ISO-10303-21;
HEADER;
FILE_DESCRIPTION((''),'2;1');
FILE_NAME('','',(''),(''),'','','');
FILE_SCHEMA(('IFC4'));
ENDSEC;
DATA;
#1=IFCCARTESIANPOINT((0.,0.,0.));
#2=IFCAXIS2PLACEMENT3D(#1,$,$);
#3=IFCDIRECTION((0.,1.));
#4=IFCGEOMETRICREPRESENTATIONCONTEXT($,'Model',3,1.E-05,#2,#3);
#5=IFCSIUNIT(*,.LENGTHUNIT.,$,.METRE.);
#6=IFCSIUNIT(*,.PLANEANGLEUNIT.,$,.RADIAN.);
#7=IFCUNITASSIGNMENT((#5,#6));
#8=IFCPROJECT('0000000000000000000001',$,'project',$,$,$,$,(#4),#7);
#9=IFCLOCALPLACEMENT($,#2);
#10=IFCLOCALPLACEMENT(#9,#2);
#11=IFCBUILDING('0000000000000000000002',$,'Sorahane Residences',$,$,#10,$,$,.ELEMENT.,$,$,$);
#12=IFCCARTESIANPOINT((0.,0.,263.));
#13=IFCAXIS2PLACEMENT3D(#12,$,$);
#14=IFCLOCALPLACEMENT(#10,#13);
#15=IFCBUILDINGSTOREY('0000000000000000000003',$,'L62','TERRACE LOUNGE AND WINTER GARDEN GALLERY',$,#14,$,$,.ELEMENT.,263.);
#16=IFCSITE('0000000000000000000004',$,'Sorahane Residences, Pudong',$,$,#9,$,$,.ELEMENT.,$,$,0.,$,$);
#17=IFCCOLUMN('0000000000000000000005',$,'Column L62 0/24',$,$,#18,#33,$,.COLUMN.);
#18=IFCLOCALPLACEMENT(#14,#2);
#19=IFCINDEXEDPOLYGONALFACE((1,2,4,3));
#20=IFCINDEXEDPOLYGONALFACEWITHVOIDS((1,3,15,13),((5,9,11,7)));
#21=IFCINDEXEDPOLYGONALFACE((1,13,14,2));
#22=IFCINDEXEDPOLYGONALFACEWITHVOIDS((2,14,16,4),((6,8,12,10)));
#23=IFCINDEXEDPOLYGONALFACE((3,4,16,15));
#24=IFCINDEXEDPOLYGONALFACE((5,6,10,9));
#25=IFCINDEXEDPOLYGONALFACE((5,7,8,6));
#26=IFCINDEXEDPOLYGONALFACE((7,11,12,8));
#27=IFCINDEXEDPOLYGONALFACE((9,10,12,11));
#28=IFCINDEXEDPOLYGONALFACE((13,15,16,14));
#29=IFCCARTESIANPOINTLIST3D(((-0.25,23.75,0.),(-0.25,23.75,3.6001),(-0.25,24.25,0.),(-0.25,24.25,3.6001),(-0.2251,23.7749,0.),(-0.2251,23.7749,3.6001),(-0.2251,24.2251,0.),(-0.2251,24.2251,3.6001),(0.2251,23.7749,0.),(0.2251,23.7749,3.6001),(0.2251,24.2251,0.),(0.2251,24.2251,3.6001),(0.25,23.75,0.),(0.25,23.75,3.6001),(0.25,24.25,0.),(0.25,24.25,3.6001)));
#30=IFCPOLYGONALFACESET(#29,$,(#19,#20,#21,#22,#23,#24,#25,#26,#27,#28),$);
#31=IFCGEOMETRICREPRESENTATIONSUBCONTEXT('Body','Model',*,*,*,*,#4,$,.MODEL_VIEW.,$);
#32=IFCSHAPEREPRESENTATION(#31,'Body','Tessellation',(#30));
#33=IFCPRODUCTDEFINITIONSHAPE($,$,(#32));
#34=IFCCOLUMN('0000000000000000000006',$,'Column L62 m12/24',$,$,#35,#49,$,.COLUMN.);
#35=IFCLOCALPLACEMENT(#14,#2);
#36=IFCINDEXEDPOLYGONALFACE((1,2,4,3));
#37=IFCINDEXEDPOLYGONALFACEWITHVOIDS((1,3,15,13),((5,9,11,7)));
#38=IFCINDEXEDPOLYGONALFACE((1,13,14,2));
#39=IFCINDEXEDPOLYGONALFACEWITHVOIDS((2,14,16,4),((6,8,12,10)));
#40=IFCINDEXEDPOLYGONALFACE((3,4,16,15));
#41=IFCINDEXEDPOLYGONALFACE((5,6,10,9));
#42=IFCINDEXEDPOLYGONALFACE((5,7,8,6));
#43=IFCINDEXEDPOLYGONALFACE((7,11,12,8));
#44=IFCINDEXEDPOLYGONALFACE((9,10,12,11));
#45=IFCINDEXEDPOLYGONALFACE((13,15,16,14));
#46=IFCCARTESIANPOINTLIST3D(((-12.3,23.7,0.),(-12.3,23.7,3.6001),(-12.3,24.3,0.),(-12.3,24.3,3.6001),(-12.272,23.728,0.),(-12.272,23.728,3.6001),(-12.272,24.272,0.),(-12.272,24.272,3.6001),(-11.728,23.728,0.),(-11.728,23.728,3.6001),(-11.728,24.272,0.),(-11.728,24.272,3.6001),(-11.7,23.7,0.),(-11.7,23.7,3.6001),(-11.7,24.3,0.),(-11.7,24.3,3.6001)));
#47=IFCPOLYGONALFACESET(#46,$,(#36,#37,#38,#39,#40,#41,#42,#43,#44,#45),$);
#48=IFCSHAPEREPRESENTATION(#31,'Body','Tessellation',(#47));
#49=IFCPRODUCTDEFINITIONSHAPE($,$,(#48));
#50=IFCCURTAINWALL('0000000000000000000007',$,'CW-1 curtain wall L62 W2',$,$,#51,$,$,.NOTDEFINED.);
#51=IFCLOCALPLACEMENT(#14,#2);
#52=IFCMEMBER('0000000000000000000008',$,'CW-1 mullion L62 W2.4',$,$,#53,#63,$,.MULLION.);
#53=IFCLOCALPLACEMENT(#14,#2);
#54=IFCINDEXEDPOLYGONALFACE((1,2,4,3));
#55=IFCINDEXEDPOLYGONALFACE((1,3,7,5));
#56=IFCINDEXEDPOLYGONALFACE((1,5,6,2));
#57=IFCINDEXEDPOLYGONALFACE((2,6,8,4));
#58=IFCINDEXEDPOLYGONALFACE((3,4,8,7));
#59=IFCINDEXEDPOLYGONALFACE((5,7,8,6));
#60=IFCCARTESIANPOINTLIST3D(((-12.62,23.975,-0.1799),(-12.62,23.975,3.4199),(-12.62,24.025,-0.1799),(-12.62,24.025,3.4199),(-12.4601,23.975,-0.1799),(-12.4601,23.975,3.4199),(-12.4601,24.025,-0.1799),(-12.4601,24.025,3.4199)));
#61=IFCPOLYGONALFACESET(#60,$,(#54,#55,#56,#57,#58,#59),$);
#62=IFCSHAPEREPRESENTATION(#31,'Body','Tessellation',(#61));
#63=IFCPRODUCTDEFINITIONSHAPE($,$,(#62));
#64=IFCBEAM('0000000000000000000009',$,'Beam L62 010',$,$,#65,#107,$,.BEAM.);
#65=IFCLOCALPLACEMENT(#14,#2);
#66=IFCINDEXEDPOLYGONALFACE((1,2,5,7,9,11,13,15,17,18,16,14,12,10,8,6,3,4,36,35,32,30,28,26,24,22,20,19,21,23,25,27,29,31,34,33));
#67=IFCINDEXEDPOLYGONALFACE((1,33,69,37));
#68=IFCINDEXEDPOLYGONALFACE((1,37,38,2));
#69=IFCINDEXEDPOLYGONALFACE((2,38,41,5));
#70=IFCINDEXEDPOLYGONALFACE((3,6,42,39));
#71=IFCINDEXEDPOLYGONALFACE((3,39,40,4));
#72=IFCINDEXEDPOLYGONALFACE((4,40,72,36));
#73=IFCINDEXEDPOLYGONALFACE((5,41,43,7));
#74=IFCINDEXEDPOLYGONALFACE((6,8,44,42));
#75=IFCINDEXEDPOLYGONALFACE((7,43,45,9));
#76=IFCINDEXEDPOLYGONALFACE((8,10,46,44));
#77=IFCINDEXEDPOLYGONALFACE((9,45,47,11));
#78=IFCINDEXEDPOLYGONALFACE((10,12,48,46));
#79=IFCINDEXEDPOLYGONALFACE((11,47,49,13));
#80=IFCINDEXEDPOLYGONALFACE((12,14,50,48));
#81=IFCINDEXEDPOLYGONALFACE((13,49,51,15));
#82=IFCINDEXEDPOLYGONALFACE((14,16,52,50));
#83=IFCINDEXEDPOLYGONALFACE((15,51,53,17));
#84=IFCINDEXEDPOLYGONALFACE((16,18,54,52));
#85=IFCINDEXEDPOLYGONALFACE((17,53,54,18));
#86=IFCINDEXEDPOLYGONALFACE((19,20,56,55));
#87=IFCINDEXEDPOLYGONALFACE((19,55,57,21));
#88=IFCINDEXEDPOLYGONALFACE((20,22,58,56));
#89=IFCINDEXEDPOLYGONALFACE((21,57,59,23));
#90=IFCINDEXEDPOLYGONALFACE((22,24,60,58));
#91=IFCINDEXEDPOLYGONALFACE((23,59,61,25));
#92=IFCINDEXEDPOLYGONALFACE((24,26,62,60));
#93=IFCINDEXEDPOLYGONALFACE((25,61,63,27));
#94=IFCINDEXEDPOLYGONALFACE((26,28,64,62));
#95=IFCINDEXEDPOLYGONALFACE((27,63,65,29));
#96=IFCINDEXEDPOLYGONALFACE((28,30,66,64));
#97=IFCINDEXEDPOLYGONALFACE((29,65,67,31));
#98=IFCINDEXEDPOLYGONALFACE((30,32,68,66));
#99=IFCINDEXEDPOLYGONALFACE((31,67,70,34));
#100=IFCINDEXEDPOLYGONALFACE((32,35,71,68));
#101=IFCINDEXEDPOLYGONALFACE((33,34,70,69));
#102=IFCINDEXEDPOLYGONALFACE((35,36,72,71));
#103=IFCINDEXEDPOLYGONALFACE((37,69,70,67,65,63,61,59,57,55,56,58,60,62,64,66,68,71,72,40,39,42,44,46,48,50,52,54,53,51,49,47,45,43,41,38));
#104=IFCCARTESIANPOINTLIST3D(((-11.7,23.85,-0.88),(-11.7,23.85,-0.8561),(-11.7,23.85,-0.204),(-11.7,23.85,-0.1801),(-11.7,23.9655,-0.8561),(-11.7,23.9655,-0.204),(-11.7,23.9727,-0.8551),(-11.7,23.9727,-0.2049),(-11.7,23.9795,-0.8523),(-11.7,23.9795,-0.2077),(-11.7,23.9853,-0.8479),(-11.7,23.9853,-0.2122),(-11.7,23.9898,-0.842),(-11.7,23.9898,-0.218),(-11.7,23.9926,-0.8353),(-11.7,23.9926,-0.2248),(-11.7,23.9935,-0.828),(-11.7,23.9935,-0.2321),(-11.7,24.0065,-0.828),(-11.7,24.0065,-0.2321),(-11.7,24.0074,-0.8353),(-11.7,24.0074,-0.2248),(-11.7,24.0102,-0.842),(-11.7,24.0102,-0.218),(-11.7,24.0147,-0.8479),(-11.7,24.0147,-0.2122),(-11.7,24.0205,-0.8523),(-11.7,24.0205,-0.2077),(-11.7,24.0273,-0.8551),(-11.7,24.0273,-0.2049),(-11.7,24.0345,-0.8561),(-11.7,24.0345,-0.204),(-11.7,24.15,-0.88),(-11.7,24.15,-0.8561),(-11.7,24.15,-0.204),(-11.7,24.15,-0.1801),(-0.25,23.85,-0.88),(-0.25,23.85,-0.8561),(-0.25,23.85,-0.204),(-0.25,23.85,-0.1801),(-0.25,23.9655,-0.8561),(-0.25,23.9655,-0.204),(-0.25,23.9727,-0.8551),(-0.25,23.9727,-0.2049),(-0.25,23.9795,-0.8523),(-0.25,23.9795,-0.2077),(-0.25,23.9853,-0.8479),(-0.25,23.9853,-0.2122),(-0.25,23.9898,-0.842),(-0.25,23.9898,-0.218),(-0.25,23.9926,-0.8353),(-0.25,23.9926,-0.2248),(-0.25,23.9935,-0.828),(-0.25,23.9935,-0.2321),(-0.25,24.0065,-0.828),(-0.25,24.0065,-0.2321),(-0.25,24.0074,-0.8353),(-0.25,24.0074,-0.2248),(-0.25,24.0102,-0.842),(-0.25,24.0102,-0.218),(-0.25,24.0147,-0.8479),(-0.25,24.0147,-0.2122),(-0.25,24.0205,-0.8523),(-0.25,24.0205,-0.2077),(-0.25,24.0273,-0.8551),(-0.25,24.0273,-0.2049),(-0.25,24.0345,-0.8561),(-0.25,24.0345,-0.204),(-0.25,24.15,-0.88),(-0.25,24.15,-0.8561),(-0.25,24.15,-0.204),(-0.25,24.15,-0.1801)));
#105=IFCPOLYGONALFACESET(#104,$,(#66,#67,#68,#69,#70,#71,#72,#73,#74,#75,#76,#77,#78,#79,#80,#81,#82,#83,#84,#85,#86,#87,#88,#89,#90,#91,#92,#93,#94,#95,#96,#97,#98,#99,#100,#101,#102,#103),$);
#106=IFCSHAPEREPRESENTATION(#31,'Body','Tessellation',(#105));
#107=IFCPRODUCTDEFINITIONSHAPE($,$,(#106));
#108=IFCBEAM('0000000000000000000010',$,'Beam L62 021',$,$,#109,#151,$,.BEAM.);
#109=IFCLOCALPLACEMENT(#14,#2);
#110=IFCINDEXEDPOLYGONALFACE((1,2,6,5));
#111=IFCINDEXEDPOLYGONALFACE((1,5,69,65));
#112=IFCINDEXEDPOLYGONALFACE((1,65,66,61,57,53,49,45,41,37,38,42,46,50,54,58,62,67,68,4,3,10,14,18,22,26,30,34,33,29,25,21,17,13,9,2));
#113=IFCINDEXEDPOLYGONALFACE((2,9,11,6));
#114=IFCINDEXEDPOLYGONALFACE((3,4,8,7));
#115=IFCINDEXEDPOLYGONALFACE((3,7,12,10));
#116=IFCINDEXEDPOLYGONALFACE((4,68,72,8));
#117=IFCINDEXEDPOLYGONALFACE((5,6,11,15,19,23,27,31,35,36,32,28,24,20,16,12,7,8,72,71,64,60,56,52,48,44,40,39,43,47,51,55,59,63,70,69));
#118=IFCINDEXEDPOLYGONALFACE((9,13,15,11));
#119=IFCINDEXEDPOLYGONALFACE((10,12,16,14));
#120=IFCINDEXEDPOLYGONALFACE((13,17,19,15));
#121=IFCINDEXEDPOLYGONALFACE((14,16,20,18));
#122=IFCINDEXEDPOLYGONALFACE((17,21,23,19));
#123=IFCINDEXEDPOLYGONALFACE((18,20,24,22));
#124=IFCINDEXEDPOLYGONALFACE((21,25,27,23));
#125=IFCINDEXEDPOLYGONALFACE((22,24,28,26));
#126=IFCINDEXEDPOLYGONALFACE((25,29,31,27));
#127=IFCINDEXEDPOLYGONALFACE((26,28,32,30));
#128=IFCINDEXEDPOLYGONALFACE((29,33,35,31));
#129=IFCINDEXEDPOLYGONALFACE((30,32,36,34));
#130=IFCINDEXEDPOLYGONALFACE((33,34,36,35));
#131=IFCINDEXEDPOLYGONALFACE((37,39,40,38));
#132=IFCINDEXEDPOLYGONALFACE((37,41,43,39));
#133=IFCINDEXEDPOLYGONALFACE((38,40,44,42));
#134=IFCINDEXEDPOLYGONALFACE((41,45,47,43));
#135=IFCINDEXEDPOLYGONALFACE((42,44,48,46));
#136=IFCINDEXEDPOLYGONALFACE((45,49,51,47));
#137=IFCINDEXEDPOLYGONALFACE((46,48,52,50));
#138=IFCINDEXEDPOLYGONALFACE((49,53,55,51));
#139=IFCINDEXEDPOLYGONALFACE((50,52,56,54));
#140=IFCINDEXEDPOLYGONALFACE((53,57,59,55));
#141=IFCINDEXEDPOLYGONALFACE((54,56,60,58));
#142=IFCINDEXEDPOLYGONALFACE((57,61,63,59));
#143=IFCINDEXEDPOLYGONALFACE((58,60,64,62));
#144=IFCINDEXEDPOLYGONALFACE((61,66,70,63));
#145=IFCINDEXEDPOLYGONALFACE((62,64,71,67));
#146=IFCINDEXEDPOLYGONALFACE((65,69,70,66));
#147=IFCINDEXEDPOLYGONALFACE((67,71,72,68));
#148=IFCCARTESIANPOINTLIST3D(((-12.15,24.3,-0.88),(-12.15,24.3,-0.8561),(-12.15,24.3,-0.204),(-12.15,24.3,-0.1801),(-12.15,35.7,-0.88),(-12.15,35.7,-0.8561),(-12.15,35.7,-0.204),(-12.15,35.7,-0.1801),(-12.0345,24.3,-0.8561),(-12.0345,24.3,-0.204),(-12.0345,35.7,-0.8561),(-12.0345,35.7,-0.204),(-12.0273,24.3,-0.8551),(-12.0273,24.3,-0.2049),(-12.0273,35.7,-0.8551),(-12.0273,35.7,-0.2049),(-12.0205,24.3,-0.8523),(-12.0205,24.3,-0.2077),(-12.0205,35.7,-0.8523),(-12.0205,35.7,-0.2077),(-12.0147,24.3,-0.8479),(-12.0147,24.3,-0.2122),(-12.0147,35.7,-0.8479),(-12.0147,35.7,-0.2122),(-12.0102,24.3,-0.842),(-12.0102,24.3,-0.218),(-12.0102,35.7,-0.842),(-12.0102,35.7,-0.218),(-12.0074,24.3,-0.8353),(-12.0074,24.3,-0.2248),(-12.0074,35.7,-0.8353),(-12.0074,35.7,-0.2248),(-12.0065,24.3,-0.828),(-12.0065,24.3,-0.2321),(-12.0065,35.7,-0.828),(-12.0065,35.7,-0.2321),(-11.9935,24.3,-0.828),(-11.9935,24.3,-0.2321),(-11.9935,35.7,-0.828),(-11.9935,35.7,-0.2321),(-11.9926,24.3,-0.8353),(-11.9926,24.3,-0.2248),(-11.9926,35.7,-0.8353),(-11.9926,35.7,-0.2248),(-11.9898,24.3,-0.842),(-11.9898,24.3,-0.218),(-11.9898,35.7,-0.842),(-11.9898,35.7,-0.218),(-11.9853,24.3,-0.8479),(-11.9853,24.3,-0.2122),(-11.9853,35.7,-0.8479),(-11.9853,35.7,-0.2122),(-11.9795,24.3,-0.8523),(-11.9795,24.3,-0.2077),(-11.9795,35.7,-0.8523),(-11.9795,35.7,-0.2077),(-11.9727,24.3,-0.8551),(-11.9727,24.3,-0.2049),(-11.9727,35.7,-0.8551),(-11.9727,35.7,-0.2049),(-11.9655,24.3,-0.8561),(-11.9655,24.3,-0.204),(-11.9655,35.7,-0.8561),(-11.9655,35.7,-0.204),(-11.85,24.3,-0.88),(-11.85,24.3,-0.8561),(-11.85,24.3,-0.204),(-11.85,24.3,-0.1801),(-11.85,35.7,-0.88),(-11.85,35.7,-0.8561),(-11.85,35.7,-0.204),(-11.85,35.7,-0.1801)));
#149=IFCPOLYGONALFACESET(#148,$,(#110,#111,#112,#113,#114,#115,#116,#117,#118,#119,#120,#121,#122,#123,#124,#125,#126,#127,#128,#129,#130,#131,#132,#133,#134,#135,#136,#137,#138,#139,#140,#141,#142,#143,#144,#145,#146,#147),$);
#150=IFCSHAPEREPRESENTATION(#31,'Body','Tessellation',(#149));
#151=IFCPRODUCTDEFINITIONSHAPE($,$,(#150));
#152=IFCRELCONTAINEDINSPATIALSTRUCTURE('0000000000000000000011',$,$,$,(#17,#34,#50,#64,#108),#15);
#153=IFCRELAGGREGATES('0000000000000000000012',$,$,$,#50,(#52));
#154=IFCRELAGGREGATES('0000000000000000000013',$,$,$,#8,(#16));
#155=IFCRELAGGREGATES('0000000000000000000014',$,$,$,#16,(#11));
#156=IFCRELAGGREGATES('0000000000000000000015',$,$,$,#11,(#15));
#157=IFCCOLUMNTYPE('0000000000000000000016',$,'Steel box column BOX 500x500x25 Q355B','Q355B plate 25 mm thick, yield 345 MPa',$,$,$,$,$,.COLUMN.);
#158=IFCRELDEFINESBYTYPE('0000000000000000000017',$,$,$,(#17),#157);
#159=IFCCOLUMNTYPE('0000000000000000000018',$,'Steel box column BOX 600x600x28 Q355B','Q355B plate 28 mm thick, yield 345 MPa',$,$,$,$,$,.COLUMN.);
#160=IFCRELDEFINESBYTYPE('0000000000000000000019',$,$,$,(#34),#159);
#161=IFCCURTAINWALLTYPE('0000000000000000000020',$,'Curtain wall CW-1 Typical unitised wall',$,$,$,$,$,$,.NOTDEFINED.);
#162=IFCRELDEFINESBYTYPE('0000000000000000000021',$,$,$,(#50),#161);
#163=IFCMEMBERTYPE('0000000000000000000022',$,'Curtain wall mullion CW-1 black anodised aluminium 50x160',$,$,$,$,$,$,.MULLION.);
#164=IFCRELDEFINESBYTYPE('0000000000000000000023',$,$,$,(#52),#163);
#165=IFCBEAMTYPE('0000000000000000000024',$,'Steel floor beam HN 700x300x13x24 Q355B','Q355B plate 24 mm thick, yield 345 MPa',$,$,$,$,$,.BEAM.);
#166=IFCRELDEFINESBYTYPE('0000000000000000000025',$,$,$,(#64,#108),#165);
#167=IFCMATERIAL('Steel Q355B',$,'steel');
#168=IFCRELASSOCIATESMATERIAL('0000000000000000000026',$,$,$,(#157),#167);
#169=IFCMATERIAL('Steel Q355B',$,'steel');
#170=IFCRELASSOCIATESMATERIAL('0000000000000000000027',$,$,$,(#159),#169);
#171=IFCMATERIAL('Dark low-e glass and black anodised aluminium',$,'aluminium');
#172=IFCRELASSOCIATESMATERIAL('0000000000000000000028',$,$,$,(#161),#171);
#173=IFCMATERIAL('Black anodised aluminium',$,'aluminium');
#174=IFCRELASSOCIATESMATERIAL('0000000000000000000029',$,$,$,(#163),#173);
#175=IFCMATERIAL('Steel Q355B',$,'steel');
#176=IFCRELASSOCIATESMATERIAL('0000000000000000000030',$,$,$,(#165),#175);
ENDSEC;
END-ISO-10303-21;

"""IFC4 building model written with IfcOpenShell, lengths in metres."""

from ifc_helpers import new_model, si_unit, direction, frame, origin, origin_2d, place, context, subcontext, project, spatial, rectangle, hollow_rectangle, i_section, extrude, material, material_profile, profile_set, type_object, element, aggregate, save


model = new_model("IFC4")

# Units and contexts
model_context = context("Model", 3, precision=1e-05, world=origin(), true_north=direction((0.0, 1.0)))
body_context = subcontext(model_context, "Body", "Model", "MODEL_VIEW")
ifc_project = project(units=[si_unit("LENGTHUNIT", "METRE"), si_unit("PLANEANGLEUNIT", "RADIAN")], contexts=[model_context])

# Site, building, storey
site_placement = place(None, origin())
site = spatial("IfcSite", under=ifc_project, at=site_placement, Name="Sorahane Residences, Pudong", CompositionType="ELEMENT", RefElevation=0.0)
building_placement = place(site_placement, origin())
building = spatial("IfcBuilding", under=site, at=building_placement, Name="Sorahane Residences", CompositionType="ELEMENT")
storey_placement = place(building_placement, frame((0.0, 0.0, 263.0)))
storey = spatial("IfcBuildingStorey", under=building, at=storey_placement, Name="L62", Description="TERRACE LOUNGE AND WINTER GARDEN GALLERY", CompositionType="ELEMENT", Elevation=263.0)

# Columns
ifc_material_1 = material(Name="Steel Q355B", Category="steel")
ifc_material_profile_1 = material_profile(ifc_material_1, hollow_rectangle(XDim=0.5, YDim=0.5, WallThickness=0.0249, at=origin_2d()), Name="BOX 500x500x25")
ifc_profile_set_1 = profile_set([ifc_material_profile_1], Name="Steel Q355B")
column_type_1 = type_object("IfcColumnType", Name="Steel box column BOX 500x500x25 Q355B", Description="Q355B plate 25 mm thick, yield 345 MPa", PredefinedType="COLUMN", material=ifc_profile_set_1)
column_1_placement = place(storey_placement, frame((0.0, 24.0, 0.0), z_axis=(0.0, 0.0, 1.0), x_axis=(1.0, 0.0, 0.0)))
element("IfcColumn", 1, at=column_1_placement, inside=storey, type_object=column_type_1, Name="Column L62 0/24", PredefinedType="COLUMN", context=body_context, shape_type="SweptSolid", body=[
    extrude(hollow_rectangle(XDim=0.5, YDim=0.5, WallThickness=0.0249, at=origin_2d()), origin(), (0.0, 0.0, 1.0), 3.6001),
])
ifc_material_2 = material(Name="Steel Q355B", Category="steel")
ifc_material_profile_2 = material_profile(ifc_material_2, hollow_rectangle(XDim=0.6001, YDim=0.6001, WallThickness=0.0281, at=origin_2d()), Name="BOX 600x600x28")
ifc_profile_set_2 = profile_set([ifc_material_profile_2], Name="Steel Q355B")
column_type_2 = type_object("IfcColumnType", Name="Steel box column BOX 600x600x28 Q355B", Description="Q355B plate 28 mm thick, yield 345 MPa", PredefinedType="COLUMN", material=ifc_profile_set_2)
column_2_placement = place(storey_placement, frame((-12.0, 24.0, 0.0), z_axis=(0.0, 0.0, 1.0), x_axis=(1.0, 0.0, 0.0)))
element("IfcColumn", 2, at=column_2_placement, inside=storey, type_object=column_type_2, Name="Column L62 m12/24", PredefinedType="COLUMN", context=body_context, shape_type="SweptSolid", body=[
    extrude(hollow_rectangle(XDim=0.6001, YDim=0.6001, WallThickness=0.0281, at=origin_2d()), origin(), (0.0, 0.0, 1.0), 3.6001),
])

# Curtain wall, member
ifc_material_3 = material(Name="Dark low-e glass and black anodised aluminium", Category="aluminium")
curtain_wall_type = type_object("IfcCurtainWallType", Name="Curtain wall CW-1 Typical unitised wall", PredefinedType="NOTDEFINED", material=ifc_material_3)
curtain_wall_placement = place(storey_placement, origin())
curtain_wall = element("IfcCurtainWall", 3, at=curtain_wall_placement, inside=storey, type_object=curtain_wall_type, Name="CW-1 curtain wall L62 W2", PredefinedType="NOTDEFINED")
ifc_material_4 = material(Name="Black anodised aluminium", Category="aluminium")
ifc_material_profile_3 = material_profile(ifc_material_4, rectangle(XDim=0.1599, YDim=0.05, at=origin_2d()), Name="Curtain wall mullion CW-1 black anodised aluminium 50x160")
ifc_profile_set_3 = profile_set([ifc_material_profile_3], Name="Black anodised aluminium")
member_type = type_object("IfcMemberType", Name="Curtain wall mullion CW-1 black anodised aluminium 50x160", PredefinedType="MULLION", material=ifc_profile_set_3)
member_placement = place(storey_placement, frame((-12.54, 24.0, -0.1799), z_axis=(0.0, 0.0, 1.0), x_axis=(-1.0, 0.0, 0.0)))
member = element("IfcMember", 4, at=member_placement, type_object=member_type, Name="CW-1 mullion L62 W2.4", PredefinedType="MULLION", context=body_context, shape_type="SweptSolid", body=[
    extrude(rectangle(XDim=0.1599, YDim=0.05, at=origin_2d()), origin(), (0.0, 0.0, 1.0), 3.5999),
])
aggregate(curtain_wall, [member])

# Beams
ifc_material_5 = material(Name="Steel Q355B", Category="steel")
ifc_material_profile_4 = material_profile(ifc_material_5, i_section(OverallWidth=0.3, OverallDepth=0.7, WebThickness=0.0129, FlangeThickness=0.0239, FilletRadius=0.0281, at=origin_2d()), Name="HN 700x300x13x24")
ifc_profile_set_4 = profile_set([ifc_material_profile_4], Name="Steel Q355B")
beam_type = type_object("IfcBeamType", Name="Steel floor beam HN 700x300x13x24 Q355B", Description="Q355B plate 24 mm thick, yield 345 MPa", PredefinedType="BEAM", material=ifc_profile_set_4)
beam_1_placement = place(storey_placement, frame((-11.7, 24.0, -0.53), z_axis=(1.0, 0.0, 0.0), x_axis=(0.0, 1.0, 0.0)))
element("IfcBeam", 5, at=beam_1_placement, inside=storey, type_object=beam_type, Name="Beam L62 010", PredefinedType="BEAM", context=body_context, shape_type="SweptSolid", body=[
    extrude(i_section(OverallWidth=0.3, OverallDepth=0.7, WebThickness=0.0129, FlangeThickness=0.0239, FilletRadius=0.0281, at=origin_2d()), origin(), (0.0, 0.0, 1.0), 11.45),
])
beam_2_placement = place(storey_placement, frame((-12.0, 24.3, -0.53), z_axis=(0.0, 1.0, 0.0), x_axis=(-1.0, 0.0, 0.0)))
element("IfcBeam", 6, at=beam_2_placement, inside=storey, type_object=beam_type, Name="Beam L62 021", PredefinedType="BEAM", context=body_context, shape_type="SweptSolid", body=[
    extrude(i_section(OverallWidth=0.3, OverallDepth=0.7, WebThickness=0.0129, FlangeThickness=0.0239, FilletRadius=0.0281, at=origin_2d()), origin(), (0.0, 0.0, 1.0), 11.3999),
])

save(model, "model.ifc")
